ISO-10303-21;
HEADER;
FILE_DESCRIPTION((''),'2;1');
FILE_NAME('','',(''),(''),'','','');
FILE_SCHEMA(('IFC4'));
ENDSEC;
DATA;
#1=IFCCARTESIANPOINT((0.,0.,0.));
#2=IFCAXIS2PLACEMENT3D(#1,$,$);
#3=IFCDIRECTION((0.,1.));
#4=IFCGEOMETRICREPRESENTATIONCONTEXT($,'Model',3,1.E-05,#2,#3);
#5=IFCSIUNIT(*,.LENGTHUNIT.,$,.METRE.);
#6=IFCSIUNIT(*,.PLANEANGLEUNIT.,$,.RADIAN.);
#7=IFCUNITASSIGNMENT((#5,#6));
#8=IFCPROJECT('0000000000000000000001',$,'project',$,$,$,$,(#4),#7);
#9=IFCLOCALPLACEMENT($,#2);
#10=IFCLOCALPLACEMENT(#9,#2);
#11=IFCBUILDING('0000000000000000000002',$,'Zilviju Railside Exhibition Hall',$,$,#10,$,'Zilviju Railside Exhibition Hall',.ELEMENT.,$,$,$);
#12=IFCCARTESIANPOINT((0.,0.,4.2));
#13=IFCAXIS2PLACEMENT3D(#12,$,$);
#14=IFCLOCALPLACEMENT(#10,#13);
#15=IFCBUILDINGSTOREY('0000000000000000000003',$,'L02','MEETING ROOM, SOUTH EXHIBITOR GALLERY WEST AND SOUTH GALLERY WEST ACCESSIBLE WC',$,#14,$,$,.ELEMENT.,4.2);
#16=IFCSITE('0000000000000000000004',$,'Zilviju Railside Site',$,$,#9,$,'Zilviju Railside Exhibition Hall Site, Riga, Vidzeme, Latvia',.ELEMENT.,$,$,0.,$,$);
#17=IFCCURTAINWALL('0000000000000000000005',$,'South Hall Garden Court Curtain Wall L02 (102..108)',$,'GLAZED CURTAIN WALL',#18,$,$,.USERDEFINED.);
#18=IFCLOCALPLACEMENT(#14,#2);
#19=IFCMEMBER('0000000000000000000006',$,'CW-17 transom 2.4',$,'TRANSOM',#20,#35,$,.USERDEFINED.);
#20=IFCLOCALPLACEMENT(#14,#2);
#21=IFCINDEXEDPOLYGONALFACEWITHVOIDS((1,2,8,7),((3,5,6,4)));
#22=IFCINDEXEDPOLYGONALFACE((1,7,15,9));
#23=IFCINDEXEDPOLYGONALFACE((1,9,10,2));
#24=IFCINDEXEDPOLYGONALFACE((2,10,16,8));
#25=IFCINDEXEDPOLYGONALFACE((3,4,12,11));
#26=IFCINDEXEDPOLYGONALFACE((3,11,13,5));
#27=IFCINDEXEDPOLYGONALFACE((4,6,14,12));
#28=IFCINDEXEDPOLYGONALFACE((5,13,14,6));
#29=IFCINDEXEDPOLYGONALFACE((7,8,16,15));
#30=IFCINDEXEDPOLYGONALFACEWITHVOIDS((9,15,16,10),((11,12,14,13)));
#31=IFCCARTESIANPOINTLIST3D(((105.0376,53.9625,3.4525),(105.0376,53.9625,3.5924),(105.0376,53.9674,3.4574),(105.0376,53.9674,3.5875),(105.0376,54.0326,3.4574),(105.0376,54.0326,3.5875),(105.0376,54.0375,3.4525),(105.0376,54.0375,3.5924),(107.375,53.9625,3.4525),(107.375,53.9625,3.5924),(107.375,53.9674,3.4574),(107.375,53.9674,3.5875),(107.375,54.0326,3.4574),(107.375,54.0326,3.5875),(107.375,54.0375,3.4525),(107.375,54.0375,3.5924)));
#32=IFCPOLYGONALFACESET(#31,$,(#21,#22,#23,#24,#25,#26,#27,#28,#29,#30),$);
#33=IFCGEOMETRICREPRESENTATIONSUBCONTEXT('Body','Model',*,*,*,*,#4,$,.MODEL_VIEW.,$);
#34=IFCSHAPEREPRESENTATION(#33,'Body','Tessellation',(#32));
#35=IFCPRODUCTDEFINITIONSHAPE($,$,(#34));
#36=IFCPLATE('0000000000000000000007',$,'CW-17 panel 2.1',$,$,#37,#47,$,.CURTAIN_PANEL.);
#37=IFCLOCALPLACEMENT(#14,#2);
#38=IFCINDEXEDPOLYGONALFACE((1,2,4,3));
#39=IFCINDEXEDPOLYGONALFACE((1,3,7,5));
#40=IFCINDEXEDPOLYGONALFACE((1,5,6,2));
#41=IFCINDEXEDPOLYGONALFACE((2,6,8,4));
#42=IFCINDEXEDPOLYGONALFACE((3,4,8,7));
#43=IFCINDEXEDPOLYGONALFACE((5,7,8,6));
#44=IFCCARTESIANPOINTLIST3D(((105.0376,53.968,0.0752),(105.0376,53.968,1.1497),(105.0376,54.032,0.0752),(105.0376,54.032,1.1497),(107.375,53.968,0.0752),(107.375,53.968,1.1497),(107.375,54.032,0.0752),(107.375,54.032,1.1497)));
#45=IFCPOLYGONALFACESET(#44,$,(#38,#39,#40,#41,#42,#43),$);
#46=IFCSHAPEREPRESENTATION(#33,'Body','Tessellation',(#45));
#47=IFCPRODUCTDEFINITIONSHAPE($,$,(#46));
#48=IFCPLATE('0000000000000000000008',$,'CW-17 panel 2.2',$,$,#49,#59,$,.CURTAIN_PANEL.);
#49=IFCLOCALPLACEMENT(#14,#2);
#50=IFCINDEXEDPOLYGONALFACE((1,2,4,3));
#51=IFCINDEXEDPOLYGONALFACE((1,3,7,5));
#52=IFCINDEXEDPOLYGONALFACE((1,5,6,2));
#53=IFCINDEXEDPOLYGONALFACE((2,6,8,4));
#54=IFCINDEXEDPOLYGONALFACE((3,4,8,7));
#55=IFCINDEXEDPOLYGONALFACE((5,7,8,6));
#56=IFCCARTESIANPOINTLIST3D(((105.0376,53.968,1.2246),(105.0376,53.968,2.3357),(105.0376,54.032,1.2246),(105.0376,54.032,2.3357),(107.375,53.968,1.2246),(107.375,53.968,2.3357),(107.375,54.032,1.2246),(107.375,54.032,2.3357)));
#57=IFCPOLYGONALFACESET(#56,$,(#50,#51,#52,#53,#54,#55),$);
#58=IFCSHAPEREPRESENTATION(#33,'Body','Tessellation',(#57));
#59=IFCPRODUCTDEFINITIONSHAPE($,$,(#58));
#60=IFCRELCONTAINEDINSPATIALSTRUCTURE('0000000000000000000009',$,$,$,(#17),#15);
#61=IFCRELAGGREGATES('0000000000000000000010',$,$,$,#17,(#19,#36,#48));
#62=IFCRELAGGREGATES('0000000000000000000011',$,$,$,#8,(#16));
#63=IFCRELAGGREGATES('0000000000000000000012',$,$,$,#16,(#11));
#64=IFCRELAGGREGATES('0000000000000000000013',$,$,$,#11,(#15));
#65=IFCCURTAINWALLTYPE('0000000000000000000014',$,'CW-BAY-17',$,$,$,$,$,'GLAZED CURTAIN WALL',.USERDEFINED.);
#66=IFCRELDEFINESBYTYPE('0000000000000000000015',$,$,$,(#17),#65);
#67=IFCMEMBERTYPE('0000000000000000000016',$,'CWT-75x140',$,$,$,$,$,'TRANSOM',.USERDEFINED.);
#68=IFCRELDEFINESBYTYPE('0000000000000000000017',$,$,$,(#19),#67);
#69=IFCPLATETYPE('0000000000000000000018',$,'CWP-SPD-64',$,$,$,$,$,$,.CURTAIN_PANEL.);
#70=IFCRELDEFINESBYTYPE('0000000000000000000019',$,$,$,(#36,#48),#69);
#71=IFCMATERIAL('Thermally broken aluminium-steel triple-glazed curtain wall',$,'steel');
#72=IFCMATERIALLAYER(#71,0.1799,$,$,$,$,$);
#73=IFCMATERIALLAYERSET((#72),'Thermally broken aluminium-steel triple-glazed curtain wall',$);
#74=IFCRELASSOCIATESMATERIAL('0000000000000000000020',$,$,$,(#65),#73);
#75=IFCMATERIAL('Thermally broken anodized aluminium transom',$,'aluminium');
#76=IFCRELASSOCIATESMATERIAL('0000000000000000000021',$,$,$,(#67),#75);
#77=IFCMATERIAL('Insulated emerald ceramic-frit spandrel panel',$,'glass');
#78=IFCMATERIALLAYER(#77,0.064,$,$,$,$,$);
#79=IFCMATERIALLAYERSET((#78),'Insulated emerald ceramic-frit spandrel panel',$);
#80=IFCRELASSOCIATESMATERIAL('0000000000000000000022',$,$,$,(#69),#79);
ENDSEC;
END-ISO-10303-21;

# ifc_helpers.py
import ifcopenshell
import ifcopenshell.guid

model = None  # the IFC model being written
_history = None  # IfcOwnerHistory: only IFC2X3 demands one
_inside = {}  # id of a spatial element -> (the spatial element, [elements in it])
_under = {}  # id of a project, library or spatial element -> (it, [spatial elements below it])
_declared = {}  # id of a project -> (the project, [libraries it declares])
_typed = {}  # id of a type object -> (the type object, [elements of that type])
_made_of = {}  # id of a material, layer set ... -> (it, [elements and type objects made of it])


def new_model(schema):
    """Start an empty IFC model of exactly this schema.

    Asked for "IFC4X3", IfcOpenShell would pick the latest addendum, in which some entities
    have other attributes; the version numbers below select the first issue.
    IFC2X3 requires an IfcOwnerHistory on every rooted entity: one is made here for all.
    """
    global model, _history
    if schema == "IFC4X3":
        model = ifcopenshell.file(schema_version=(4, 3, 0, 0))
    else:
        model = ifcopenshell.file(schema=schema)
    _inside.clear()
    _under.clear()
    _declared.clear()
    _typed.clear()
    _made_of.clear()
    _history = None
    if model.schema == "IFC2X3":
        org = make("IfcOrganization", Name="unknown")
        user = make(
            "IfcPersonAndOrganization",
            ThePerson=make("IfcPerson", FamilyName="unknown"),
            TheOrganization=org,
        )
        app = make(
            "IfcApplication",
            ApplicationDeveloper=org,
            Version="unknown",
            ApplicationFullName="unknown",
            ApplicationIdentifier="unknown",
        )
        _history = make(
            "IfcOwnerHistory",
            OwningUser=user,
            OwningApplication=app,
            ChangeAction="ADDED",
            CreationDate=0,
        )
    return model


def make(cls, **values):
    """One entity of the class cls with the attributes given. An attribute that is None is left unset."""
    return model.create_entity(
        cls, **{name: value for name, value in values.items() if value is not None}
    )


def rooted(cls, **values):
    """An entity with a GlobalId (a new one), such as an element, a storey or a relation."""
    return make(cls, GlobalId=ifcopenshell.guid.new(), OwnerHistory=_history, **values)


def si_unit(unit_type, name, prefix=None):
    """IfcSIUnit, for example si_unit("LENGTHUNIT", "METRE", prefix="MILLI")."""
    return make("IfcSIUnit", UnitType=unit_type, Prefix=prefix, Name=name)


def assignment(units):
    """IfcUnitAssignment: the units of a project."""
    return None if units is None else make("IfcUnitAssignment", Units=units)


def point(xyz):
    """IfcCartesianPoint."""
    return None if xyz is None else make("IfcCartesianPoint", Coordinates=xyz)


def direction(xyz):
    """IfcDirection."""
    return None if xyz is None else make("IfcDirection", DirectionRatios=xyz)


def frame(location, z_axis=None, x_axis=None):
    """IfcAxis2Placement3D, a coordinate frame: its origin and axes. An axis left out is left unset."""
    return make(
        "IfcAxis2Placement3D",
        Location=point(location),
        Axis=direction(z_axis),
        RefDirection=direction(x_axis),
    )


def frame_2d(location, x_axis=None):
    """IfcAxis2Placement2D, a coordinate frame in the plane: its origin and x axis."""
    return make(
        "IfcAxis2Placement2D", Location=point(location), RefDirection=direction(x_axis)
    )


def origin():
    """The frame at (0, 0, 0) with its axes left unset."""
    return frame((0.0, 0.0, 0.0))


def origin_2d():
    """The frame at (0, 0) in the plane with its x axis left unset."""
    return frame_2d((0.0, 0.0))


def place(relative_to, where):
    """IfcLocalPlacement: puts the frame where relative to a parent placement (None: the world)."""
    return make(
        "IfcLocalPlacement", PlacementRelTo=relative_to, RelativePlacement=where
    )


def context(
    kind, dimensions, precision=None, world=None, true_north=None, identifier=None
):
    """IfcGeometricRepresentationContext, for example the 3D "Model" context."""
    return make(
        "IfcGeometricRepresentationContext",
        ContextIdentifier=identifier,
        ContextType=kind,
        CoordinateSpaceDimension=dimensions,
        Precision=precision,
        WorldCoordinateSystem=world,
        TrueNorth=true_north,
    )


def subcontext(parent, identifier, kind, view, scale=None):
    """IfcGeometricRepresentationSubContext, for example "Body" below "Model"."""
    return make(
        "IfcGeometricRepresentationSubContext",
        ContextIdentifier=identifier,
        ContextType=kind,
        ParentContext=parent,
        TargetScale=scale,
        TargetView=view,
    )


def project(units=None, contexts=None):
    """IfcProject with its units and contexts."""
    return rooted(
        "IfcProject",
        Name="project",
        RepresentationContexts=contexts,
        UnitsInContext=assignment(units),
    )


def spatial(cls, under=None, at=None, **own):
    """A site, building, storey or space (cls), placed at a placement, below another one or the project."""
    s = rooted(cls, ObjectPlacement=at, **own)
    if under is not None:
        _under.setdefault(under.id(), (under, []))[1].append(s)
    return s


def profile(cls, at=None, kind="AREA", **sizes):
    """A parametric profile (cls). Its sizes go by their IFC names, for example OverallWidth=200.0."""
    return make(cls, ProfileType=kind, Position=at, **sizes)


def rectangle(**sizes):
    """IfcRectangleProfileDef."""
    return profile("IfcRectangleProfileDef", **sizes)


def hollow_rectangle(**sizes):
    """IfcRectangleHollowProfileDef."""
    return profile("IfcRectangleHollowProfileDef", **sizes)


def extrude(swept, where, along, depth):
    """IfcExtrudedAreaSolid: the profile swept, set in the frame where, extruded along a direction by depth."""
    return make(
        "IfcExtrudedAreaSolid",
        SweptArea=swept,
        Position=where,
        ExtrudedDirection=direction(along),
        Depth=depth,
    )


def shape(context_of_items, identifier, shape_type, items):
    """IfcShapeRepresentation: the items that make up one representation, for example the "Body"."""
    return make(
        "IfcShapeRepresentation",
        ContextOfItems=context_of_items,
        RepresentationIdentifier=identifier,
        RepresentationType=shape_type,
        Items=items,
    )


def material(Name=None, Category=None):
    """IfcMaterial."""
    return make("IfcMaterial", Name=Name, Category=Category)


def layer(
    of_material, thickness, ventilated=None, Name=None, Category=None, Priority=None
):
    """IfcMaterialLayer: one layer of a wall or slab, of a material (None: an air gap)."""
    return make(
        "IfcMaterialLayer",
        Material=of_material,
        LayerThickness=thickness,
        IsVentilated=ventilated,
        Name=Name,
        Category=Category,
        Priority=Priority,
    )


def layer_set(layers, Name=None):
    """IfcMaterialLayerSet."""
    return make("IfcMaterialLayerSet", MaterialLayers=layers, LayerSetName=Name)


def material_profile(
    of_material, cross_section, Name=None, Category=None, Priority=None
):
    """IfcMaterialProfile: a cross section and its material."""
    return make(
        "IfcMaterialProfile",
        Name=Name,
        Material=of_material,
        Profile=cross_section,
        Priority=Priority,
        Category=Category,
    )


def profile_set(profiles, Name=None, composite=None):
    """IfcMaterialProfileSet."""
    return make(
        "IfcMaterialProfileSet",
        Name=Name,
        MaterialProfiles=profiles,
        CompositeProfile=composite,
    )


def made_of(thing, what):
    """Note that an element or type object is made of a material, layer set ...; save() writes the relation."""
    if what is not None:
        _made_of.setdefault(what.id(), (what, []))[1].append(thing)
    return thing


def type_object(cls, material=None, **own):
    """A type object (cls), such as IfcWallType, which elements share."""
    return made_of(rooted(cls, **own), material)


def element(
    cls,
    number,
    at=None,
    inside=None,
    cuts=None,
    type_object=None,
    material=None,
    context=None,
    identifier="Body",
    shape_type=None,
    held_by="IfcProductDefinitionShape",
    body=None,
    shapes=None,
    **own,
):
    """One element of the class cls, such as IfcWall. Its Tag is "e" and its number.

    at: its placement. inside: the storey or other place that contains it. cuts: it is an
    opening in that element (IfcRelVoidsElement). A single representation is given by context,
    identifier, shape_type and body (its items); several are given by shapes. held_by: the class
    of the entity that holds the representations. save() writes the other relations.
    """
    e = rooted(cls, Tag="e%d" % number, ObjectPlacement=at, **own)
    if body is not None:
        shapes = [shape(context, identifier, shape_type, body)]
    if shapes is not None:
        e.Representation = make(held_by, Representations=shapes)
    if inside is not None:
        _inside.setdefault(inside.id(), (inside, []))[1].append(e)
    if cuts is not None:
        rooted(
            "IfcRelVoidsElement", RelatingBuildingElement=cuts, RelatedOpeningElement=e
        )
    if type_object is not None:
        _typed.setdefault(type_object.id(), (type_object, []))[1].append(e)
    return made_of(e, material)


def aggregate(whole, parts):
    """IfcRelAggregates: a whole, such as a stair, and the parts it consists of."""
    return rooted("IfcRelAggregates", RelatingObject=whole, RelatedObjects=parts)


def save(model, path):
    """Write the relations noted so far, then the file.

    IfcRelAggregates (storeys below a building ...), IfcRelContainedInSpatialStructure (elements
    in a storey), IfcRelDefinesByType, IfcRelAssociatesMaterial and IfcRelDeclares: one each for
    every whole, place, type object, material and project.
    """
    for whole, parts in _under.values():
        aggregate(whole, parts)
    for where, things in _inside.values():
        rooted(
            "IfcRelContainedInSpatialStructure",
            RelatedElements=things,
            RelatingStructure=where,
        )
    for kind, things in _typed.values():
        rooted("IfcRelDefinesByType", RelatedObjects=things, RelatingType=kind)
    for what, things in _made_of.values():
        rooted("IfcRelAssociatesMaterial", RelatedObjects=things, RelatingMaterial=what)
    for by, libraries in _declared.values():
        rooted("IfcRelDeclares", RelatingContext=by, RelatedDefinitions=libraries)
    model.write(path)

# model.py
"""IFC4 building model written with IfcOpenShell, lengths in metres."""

from ifc_helpers import new_model, si_unit, direction, frame, origin, origin_2d, place, context, subcontext, project, spatial, rectangle, hollow_rectangle, extrude, material, layer, layer_set, material_profile, profile_set, type_object, element, aggregate, save


model = new_model("IFC4")

# Units and contexts
model_context = context("Model", 3, precision=1e-05, world=origin(), true_north=direction((0.0, 1.0)))
body_context = subcontext(model_context, "Body", "Model", "MODEL_VIEW")
ifc_project = project(units=[si_unit("LENGTHUNIT", "METRE"), si_unit("PLANEANGLEUNIT", "RADIAN")], contexts=[model_context])

# Site, building, storey
site_placement = place(None, origin())
site = spatial("IfcSite", under=ifc_project, at=site_placement, Name="Zilviju Railside Site", LongName="Zilviju Railside Exhibition Hall Site, Riga, Vidzeme, Latvia", CompositionType="ELEMENT", RefElevation=0.0)
building_placement = place(site_placement, origin())
building = spatial("IfcBuilding", under=site, at=building_placement, Name="Zilviju Railside Exhibition Hall", LongName="Zilviju Railside Exhibition Hall", CompositionType="ELEMENT")
storey_placement = place(building_placement, frame((0.0, 0.0, 4.2)))
storey = spatial("IfcBuildingStorey", under=building, at=storey_placement, Name="L02", Description="MEETING ROOM, SOUTH EXHIBITOR GALLERY WEST AND SOUTH GALLERY WEST ACCESSIBLE WC", CompositionType="ELEMENT", Elevation=4.2)

# Curtain wall, member, plates
ifc_material_1 = material(Name="Thermally broken aluminium-steel triple-glazed curtain wall", Category="steel")
ifc_layer_1 = layer(ifc_material_1, 0.1799)
ifc_layer_set_1 = layer_set([ifc_layer_1], Name="Thermally broken aluminium-steel triple-glazed curtain wall")
curtain_wall_type = type_object("IfcCurtainWallType", Name="CW-BAY-17", ElementType="GLAZED CURTAIN WALL", PredefinedType="USERDEFINED", material=ifc_layer_set_1)
curtain_wall_placement = place(storey_placement, origin())
curtain_wall = element("IfcCurtainWall", 1, at=curtain_wall_placement, inside=storey, type_object=curtain_wall_type, Name="South Hall Garden Court Curtain Wall L02 (102..108)", ObjectType="GLAZED CURTAIN WALL", PredefinedType="USERDEFINED")
ifc_material_2 = material(Name="Thermally broken anodized aluminium transom", Category="aluminium")
ifc_material_profile_1 = material_profile(ifc_material_2, hollow_rectangle(XDim=0.075, YDim=0.1399, WallThickness=0.0049, at=origin_2d()), Name="TRANSOM 140x75x5")
ifc_profile_set_1 = profile_set([ifc_material_profile_1], Name="Thermally broken anodized aluminium transom")
member_type_1 = type_object("IfcMemberType", Name="CWT-75x140", ElementType="TRANSOM", PredefinedType="USERDEFINED", material=ifc_profile_set_1)
member_1_placement = place(storey_placement, frame((105.0376, 54.0, 3.5225), z_axis=(1.0, 0.0, 0.0), x_axis=(0.0, 1.0, 0.0)))
member_1 = element("IfcMember", 2, at=member_1_placement, type_object=member_type_1, Name="CW-17 transom 2.4", ObjectType="TRANSOM", PredefinedType="USERDEFINED", context=body_context, shape_type="SweptSolid", body=[
    extrude(hollow_rectangle(XDim=0.075, YDim=0.1399, WallThickness=0.0049, at=origin_2d()), origin(), (0.0, 0.0, 1.0), 2.3374),
])
ifc_material_3 = material(Name="Insulated emerald ceramic-frit spandrel panel", Category="glass")
ifc_layer_2 = layer(ifc_material_3, 0.064)
ifc_layer_set_2 = layer_set([ifc_layer_2], Name="Insulated emerald ceramic-frit spandrel panel")
plate_type = type_object("IfcPlateType", Name="CWP-SPD-64", PredefinedType="CURTAIN_PANEL", material=ifc_layer_set_2)
plate_1_placement = place(storey_placement, frame((106.2063, 54.0, 0.0752), z_axis=(0.0, 0.0, 1.0), x_axis=(1.0, 0.0, 0.0)))
plate_1 = element("IfcPlate", 3, at=plate_1_placement, type_object=plate_type, Name="CW-17 panel 2.1", PredefinedType="CURTAIN_PANEL", context=body_context, shape_type="SweptSolid", body=[
    extrude(rectangle(XDim=2.3374, YDim=0.064, at=origin_2d()), origin(), (0.0, 0.0, 1.0), 1.0745),
])
plate_2_placement = place(storey_placement, frame((106.2063, 54.0, 1.2246), z_axis=(0.0, 0.0, 1.0), x_axis=(1.0, 0.0, 0.0)))
plate_2 = element("IfcPlate", 4, at=plate_2_placement, type_object=plate_type, Name="CW-17 panel 2.2", PredefinedType="CURTAIN_PANEL", context=body_context, shape_type="SweptSolid", body=[
    extrude(rectangle(XDim=2.3374, YDim=0.064, at=origin_2d()), origin(), (0.0, 0.0, 1.0), 1.1111),
])
aggregate(curtain_wall, [member_1, plate_1, plate_2])

save(model, "model.ifc")
